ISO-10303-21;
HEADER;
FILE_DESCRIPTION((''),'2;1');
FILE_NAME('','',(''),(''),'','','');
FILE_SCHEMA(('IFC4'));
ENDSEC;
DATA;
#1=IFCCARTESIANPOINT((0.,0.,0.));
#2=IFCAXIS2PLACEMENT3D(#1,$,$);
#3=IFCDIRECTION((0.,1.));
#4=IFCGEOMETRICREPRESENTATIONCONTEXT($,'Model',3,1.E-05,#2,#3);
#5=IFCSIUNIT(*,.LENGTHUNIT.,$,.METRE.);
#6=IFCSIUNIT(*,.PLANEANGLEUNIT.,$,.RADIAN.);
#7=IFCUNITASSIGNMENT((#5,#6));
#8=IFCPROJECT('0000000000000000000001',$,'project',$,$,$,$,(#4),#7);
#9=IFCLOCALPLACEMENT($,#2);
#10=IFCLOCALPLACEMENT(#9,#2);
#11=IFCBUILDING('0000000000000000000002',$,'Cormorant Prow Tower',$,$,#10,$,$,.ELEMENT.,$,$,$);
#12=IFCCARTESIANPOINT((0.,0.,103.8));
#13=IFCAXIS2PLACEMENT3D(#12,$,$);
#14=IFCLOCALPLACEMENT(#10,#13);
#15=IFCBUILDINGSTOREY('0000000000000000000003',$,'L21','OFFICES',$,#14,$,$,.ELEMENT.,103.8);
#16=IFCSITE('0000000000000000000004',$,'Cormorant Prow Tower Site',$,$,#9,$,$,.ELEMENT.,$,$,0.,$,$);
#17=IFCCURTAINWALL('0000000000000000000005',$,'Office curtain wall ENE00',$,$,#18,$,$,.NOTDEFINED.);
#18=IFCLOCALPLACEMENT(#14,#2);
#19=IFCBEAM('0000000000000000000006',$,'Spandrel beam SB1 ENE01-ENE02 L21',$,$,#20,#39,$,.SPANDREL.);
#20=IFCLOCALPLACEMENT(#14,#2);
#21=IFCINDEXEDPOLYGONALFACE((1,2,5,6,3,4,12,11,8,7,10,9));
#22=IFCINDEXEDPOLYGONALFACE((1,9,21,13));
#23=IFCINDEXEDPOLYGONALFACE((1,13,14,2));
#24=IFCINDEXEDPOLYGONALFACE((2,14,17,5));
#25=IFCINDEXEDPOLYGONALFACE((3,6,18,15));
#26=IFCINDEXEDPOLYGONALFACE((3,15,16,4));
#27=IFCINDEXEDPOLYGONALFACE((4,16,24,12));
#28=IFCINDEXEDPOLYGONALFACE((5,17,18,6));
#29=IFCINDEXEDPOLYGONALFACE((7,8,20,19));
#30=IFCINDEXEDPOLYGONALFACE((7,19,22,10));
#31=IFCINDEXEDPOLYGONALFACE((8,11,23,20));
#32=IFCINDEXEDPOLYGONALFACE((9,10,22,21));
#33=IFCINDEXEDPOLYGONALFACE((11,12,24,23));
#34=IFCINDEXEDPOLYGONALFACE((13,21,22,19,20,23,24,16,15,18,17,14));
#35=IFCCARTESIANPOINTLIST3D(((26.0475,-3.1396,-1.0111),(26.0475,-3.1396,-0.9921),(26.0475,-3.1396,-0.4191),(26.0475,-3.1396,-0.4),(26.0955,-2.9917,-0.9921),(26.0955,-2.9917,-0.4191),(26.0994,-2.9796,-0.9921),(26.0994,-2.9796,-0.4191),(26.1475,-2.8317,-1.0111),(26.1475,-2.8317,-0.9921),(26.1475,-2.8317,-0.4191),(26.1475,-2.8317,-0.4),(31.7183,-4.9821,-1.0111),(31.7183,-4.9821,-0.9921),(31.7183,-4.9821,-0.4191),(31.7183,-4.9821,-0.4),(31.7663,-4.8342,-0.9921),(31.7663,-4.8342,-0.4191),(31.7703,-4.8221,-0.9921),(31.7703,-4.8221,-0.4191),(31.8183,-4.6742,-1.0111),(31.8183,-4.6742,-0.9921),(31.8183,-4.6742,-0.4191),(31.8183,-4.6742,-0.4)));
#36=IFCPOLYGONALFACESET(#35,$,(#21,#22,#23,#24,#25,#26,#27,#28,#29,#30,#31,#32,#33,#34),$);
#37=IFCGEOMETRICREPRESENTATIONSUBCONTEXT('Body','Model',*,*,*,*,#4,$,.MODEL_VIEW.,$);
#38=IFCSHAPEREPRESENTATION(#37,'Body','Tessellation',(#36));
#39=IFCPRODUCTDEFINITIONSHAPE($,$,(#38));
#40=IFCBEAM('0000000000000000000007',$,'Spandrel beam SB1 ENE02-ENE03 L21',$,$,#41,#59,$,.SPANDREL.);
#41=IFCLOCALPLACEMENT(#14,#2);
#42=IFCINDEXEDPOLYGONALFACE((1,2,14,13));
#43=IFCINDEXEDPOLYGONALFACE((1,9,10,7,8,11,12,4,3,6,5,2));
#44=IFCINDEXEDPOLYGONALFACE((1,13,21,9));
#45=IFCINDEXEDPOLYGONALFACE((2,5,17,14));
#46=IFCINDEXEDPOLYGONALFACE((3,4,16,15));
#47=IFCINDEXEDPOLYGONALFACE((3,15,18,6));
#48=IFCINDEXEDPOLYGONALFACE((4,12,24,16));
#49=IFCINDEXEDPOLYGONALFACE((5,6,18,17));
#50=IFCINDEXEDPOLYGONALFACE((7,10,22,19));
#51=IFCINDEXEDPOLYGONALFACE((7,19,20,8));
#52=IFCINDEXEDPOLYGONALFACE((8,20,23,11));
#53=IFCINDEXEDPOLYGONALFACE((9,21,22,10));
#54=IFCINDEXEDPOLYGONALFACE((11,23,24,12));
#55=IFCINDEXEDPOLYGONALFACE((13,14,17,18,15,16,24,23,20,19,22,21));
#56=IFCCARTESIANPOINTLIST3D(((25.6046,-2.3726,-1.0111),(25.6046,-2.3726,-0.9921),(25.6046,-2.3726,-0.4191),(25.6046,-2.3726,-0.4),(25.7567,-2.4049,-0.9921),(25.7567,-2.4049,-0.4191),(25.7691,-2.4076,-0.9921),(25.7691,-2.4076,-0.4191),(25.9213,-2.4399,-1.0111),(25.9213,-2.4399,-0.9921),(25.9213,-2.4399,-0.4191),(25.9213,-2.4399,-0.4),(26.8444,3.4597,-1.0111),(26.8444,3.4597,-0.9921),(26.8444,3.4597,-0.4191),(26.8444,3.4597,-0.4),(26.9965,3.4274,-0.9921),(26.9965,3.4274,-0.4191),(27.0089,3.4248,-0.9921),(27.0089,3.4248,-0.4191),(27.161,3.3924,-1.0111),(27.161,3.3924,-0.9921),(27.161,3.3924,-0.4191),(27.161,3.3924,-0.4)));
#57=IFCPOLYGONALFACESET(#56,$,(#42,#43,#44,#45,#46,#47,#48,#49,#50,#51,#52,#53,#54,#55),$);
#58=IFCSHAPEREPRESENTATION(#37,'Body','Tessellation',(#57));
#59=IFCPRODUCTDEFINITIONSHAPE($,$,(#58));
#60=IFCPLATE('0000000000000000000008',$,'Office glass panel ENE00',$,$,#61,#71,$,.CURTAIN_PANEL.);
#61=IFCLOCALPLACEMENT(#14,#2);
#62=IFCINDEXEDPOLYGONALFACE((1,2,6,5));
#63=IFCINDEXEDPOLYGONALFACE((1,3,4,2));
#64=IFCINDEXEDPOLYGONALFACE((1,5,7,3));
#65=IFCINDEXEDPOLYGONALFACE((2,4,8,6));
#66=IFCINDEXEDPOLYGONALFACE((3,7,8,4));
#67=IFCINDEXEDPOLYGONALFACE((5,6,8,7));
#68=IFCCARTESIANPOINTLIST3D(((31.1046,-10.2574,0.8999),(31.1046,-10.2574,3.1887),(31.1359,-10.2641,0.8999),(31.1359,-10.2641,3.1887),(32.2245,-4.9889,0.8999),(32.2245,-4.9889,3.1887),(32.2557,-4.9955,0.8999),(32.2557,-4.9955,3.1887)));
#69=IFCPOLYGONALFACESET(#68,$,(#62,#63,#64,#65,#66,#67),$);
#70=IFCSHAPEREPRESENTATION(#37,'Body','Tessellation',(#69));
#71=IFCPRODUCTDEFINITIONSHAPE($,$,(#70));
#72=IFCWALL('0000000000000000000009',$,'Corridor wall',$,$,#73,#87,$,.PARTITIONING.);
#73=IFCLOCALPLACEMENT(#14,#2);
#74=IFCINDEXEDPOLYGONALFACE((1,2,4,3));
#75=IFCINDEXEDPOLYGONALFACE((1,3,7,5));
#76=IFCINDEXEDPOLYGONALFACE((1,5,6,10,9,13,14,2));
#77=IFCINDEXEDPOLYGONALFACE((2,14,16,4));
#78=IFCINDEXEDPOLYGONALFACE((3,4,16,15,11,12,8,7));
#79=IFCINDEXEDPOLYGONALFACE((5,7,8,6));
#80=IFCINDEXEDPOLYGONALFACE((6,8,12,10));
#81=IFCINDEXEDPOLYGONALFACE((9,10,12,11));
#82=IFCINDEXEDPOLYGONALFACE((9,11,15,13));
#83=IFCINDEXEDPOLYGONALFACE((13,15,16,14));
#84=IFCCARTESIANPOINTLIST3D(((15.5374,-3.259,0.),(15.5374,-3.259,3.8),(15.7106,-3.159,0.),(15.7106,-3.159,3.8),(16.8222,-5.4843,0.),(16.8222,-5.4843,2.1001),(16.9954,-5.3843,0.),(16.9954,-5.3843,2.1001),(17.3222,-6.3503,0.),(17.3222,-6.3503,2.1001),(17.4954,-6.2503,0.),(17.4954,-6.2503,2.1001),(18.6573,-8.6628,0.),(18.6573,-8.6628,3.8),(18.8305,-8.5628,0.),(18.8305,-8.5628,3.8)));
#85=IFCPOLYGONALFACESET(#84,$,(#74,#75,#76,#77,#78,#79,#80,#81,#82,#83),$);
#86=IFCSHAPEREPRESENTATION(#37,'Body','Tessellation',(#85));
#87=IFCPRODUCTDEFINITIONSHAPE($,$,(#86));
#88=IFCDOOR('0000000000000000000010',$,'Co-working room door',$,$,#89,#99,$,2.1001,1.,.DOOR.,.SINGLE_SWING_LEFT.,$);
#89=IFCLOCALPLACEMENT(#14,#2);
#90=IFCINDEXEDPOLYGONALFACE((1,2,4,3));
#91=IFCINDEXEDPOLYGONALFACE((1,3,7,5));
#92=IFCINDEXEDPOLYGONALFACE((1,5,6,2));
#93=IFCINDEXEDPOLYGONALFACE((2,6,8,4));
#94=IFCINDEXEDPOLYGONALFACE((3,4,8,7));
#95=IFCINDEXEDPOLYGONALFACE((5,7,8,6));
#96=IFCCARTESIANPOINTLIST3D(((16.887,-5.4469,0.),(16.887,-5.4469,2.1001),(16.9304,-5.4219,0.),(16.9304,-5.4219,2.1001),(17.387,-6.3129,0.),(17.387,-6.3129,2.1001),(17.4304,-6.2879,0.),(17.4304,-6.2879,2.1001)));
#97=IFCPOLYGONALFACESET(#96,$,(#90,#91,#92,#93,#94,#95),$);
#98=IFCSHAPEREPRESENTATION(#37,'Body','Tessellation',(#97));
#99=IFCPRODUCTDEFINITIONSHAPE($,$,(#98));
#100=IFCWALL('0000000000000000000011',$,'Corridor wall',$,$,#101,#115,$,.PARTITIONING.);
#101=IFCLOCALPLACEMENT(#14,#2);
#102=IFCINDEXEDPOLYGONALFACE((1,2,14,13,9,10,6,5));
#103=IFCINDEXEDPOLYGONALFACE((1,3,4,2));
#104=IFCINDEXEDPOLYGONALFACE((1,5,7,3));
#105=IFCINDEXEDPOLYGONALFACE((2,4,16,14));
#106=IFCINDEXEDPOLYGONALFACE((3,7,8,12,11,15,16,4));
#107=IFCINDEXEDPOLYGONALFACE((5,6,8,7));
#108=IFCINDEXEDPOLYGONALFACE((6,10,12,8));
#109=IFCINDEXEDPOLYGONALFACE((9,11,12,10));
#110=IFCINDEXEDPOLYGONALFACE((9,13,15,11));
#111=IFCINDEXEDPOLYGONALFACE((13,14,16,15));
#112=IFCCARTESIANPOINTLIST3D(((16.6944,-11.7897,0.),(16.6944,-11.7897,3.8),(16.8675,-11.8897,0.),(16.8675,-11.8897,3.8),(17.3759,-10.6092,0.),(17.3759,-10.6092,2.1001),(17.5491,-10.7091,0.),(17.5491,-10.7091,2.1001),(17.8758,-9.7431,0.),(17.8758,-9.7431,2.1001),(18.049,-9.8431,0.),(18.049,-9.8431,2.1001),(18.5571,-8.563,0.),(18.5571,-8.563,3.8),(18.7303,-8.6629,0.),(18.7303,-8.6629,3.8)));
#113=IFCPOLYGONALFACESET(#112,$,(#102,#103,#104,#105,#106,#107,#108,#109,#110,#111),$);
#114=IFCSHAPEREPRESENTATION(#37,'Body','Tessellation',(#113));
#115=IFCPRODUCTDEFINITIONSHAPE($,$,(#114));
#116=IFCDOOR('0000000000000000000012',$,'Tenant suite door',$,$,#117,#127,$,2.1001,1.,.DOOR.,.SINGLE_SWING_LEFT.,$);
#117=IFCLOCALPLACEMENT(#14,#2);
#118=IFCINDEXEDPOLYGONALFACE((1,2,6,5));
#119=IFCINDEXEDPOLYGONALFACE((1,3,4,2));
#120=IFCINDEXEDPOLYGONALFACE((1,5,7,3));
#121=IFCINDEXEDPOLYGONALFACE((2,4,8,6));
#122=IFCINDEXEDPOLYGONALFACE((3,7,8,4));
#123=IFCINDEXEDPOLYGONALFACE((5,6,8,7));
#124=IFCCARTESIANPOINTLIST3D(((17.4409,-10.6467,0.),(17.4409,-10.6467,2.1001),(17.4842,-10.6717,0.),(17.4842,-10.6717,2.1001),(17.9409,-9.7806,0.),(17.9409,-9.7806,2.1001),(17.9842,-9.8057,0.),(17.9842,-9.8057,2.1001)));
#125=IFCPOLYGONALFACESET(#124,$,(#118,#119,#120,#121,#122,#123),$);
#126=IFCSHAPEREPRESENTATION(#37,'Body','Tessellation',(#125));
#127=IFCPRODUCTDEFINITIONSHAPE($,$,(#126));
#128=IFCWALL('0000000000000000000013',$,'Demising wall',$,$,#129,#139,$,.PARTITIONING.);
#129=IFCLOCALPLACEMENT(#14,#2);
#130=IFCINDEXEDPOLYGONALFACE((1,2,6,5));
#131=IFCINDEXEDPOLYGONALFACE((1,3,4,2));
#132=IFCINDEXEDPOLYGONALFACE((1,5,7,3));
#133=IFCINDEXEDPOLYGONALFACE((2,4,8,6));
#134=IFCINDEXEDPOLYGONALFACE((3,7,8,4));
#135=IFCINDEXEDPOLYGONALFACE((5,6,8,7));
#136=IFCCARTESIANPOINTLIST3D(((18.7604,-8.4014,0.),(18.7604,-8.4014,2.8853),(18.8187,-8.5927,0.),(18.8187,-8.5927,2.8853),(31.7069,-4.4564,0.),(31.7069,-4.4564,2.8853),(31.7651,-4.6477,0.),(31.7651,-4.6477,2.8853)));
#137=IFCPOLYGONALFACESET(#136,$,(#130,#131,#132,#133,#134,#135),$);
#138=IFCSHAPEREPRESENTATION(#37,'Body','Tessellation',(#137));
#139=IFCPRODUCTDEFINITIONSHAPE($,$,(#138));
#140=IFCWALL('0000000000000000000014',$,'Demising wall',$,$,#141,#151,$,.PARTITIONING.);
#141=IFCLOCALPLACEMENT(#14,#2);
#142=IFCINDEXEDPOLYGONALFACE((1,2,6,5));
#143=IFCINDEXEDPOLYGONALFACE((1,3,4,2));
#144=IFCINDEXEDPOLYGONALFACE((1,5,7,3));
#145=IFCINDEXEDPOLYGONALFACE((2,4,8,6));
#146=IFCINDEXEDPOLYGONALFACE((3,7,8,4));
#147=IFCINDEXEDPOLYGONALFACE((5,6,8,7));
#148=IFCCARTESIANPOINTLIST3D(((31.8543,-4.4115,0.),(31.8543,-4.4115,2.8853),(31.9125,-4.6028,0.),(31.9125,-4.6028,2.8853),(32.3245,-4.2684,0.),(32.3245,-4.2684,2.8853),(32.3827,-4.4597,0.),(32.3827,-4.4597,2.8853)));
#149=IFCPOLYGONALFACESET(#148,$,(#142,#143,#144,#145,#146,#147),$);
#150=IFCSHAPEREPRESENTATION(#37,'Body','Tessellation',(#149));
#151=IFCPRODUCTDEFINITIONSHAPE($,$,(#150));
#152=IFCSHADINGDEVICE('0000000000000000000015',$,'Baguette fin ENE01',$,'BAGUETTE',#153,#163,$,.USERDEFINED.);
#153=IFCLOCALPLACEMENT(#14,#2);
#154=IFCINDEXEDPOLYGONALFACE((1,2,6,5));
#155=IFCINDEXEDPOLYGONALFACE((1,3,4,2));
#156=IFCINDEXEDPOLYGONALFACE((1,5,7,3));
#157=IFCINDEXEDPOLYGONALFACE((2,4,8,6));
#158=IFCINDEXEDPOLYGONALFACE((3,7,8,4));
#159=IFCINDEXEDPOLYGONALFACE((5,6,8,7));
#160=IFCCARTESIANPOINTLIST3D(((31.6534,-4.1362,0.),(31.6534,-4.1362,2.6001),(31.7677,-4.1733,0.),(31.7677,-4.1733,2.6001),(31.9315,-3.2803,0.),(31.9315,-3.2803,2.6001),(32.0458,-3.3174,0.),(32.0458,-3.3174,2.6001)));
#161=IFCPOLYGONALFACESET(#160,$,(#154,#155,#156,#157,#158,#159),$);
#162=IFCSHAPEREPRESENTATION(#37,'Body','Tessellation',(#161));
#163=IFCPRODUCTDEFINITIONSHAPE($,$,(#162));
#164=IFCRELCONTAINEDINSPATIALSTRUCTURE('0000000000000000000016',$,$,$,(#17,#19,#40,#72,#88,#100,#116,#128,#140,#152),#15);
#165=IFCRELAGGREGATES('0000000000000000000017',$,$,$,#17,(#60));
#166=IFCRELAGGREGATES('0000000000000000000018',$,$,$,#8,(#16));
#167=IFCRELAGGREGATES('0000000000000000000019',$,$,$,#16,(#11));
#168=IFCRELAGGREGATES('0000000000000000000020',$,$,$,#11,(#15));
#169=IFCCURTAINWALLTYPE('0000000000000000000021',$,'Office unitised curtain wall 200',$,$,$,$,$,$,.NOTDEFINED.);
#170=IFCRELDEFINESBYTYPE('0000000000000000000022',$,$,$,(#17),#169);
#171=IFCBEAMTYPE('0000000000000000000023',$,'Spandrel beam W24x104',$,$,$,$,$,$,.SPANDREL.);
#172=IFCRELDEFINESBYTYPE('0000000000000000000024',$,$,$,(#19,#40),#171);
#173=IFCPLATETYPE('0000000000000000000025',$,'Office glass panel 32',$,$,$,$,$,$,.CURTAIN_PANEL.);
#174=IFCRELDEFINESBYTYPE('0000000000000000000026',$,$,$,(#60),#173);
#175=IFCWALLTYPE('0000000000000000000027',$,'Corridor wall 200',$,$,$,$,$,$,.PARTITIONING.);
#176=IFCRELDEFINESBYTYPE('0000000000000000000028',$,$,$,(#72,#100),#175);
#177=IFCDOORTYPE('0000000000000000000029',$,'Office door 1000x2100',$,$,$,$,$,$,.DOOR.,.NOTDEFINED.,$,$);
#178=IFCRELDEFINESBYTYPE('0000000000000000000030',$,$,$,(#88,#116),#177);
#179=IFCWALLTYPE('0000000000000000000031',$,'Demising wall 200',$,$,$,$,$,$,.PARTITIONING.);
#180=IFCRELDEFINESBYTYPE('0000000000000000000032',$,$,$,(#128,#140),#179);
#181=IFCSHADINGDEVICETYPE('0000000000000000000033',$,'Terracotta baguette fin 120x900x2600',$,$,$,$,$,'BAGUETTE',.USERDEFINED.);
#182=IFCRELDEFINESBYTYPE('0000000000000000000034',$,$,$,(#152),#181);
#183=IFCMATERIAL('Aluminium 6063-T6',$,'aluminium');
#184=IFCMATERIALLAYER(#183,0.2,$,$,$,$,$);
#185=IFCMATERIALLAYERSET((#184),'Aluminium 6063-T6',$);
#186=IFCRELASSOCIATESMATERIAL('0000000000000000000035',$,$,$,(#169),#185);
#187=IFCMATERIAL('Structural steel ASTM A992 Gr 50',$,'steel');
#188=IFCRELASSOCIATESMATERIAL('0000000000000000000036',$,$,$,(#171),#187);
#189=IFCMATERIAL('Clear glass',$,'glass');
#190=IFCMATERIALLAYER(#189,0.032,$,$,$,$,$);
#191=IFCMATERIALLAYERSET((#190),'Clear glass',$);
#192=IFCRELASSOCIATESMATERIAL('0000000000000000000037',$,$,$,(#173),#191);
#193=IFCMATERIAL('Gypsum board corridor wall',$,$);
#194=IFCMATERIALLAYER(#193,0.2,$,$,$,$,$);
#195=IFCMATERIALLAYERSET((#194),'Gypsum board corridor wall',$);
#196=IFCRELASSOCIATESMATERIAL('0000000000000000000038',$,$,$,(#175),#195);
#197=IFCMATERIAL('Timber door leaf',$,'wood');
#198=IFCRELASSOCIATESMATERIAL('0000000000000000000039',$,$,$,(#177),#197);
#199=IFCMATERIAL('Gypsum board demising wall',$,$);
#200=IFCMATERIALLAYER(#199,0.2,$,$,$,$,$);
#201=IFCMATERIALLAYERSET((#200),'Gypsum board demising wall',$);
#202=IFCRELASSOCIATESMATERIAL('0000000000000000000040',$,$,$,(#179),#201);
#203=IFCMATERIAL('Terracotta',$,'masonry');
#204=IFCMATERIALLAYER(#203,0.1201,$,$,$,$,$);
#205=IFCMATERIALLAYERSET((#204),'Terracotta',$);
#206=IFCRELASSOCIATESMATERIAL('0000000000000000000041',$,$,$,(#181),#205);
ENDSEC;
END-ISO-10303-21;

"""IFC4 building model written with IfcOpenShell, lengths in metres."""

from ifc_helpers import new_model, si_unit, direction, frame, frame_2d, origin, origin_2d, place, context, subcontext, project, spatial, rectangle, i_section, extrude, material, layer, layer_set, material_profile, profile_set, type_object, element, fill, aggregate, save


model = new_model("IFC4")

# Units and contexts
model_context = context("Model", 3, precision=1e-05, world=origin(), true_north=direction((0.0, 1.0)))
body_context = subcontext(model_context, "Body", "Model", "MODEL_VIEW")
ifc_project = project(units=[si_unit("LENGTHUNIT", "METRE"), si_unit("PLANEANGLEUNIT", "RADIAN")], contexts=[model_context])

# Site, building, storey
site_placement = place(None, origin())
site = spatial("IfcSite", under=ifc_project, at=site_placement, Name="Cormorant Prow Tower Site", CompositionType="ELEMENT", RefElevation=0.0)
building_placement = place(site_placement, origin())
building = spatial("IfcBuilding", under=site, at=building_placement, Name="Cormorant Prow Tower", CompositionType="ELEMENT")
storey_placement = place(building_placement, frame((0.0, 0.0, 103.8)))
storey = spatial("IfcBuildingStorey", under=building, at=storey_placement, Name="L21", Description="OFFICES", CompositionType="ELEMENT", Elevation=103.8)

# Curtain wall
ifc_material_1 = material(Name="Aluminium 6063-T6", Category="aluminium")
ifc_layer_1 = layer(ifc_material_1, 0.2)
ifc_layer_set_1 = layer_set([ifc_layer_1], Name="Aluminium 6063-T6")
curtain_wall_type = type_object("IfcCurtainWallType", Name="Office unitised curtain wall 200", PredefinedType="NOTDEFINED", material=ifc_layer_set_1)
curtain_wall_1_placement = place(storey_placement, origin())
curtain_wall_1 = element("IfcCurtainWall", 1, at=curtain_wall_1_placement, inside=storey, type_object=curtain_wall_type, Name="Office curtain wall ENE00", PredefinedType="NOTDEFINED")

# Beams
ifc_material_2 = material(Name="Structural steel ASTM A992 Gr 50", Category="steel")
ifc_material_profile_1 = material_profile(ifc_material_2, i_section(OverallWidth=0.3237, OverallDepth=0.6111, WebThickness=0.0127, FlangeThickness=0.019, at=origin_2d()), Name="W24x104")
ifc_profile_set_1 = profile_set([ifc_material_profile_1], Name="Structural steel ASTM A992 Gr 50")
beam_type_1 = type_object("IfcBeamType", Name="Spandrel beam W24x104", PredefinedType="SPANDREL", material=ifc_profile_set_1)
for number, where, z_axis, x_axis, name in (
    (2, (31.7683, -4.8281, -0.7056), (-0.951059, 0.309008, 0.0), (-0.309008, -0.951059, 0.0), "Spandrel beam SB1 ENE01-ENE02 L21"),
    (3, (25.7629, -2.4062, -0.7056), (0.207921, 0.978146, 0.0), (-0.978146, 0.207921, 0.0), "Spandrel beam SB1 ENE02-ENE03 L21"),
):
    element("IfcBeam", number, at=place(storey_placement, frame(where, z_axis=z_axis, x_axis=x_axis)), inside=storey, type_object=beam_type_1, Name=name, PredefinedType="SPANDREL", context=body_context, shape_type="SweptSolid", body=[
        extrude(i_section(OverallWidth=0.3237, OverallDepth=0.6111, WebThickness=0.0127, FlangeThickness=0.019, at=origin_2d()), origin(), (0.0, 0.0, 1.0), 5.9626),
    ])

# Plate
ifc_material_3 = material(Name="Clear glass", Category="glass")
ifc_layer_2 = layer(ifc_material_3, 0.032)
ifc_layer_set_2 = layer_set([ifc_layer_2], Name="Clear glass")
plate_type = type_object("IfcPlateType", Name="Office glass panel 32", PredefinedType="CURTAIN_PANEL", material=ifc_layer_set_2)
plate_placement = place(storey_placement, frame((31.6802, -7.6265, 0.8999), z_axis=(0.0, 0.0, 1.0), x_axis=(0.207912, 0.978148, 0.0)))
plate = element("IfcPlate", 4, at=plate_placement, type_object=plate_type, Name="Office glass panel ENE00", PredefinedType="CURTAIN_PANEL", context=body_context, shape_type="SweptSolid", body=[
    extrude(rectangle(XDim=5.3862, YDim=0.032, at=origin_2d()), origin(), (0.0, 0.0, 1.0), 2.2888),
])
aggregate(curtain_wall_1, [plate])

# Walls, openings, doors
ifc_material_4 = material(Name="Gypsum board corridor wall")
ifc_layer_3 = layer(ifc_material_4, 0.2)
ifc_layer_set_3 = layer_set([ifc_layer_3], Name="Gypsum board corridor wall")
wall_type_1 = type_object("IfcWallType", Name="Corridor wall 200", PredefinedType="PARTITIONING", material=ifc_layer_set_3)
wall_1_placement = place(storey_placement, frame((15.624, -3.209, 0.0), z_axis=(0.0, 0.0, 1.0), x_axis=(0.499998, -0.866027, 0.0)))
wall_1 = element("IfcWall", 5, at=wall_1_placement, inside=storey, type_object=wall_type_1, Name="Corridor wall", PredefinedType="PARTITIONING", context=body_context, shape_type="SweptSolid", body=[
    extrude(rectangle(XDim=6.2397, YDim=0.2, at=frame_2d((3.1199, 0.0))), origin(), (0.0, 0.0, 1.0), 3.8),
])
opening_1_placement = place(wall_1_placement, frame((2.5696, 0.0, 0.0)))
opening_1 = element("IfcOpeningElement", 6, at=opening_1_placement, cuts=wall_1, PredefinedType="OPENING", context=body_context, shape_type="SweptSolid", body=[
    extrude(rectangle(XDim=1.0, YDim=2.1001, at=frame_2d((0.5, 1.05))), frame((0.0, 0.1099, 0.0), z_axis=(0.0, -1.0, 0.0), x_axis=(1.0, 0.0, 0.0)), (0.0, 0.0, 1.0), 0.22),
])
ifc_material_5 = material(Name="Timber door leaf", Category="wood")
door_type_1 = type_object("IfcDoorType", Name="Office door 1000x2100", OperationType="NOTDEFINED", PredefinedType="DOOR", material=ifc_material_5)
door_1_placement = place(opening_1_placement, origin())
door_1 = element("IfcDoor", 7, at=door_1_placement, inside=storey, type_object=door_type_1, Name="Co-working room door", OperationType="SINGLE_SWING_LEFT", OverallHeight=2.1001, OverallWidth=1.0, PredefinedType="DOOR", context=body_context, shape_type="SweptSolid", body=[
    extrude(rectangle(XDim=1.0, YDim=2.1001, at=frame_2d((0.5, 1.05))), frame((0.0, 0.0249, 0.0), z_axis=(0.0, -1.0, 0.0), x_axis=(1.0, 0.0, 0.0)), (0.0, 0.0, 1.0), 0.05),
])
fill(opening_1, door_1)
wall_2_placement = place(storey_placement, frame((16.781, -11.8396, 0.0), z_axis=(0.0, 0.0, 1.0), x_axis=(0.499959, 0.866049, 0.0)))
wall_2 = element("IfcWall", 8, at=wall_2_placement, inside=storey, type_object=wall_type_1, Name="Corridor wall", PredefinedType="PARTITIONING", context=body_context, shape_type="SweptSolid", body=[
    extrude(rectangle(XDim=3.7258, YDim=0.2, at=frame_2d((1.8628, 0.0))), origin(), (0.0, 0.0, 1.0), 3.8),
])
opening_2_placement = place(wall_2_placement, frame((1.363, 0.0, 0.0)))
opening_2 = element("IfcOpeningElement", 9, at=opening_2_placement, cuts=wall_2, PredefinedType="OPENING", context=body_context, shape_type="SweptSolid", body=[
    extrude(rectangle(XDim=1.0, YDim=2.1001, at=frame_2d((0.5, 1.05))), frame((0.0, 0.1099, 0.0), z_axis=(0.0, -1.0, 0.0), x_axis=(1.0, 0.0, 0.0)), (0.0, 0.0, 1.0), 0.22),
])
door_2_placement = place(opening_2_placement, origin())
door_2 = element("IfcDoor", 10, at=door_2_placement, inside=storey, type_object=door_type_1, Name="Tenant suite door", OperationType="SINGLE_SWING_LEFT", OverallHeight=2.1001, OverallWidth=1.0, PredefinedType="DOOR", context=body_context, shape_type="SweptSolid", body=[
    extrude(rectangle(XDim=1.0, YDim=2.1001, at=frame_2d((0.5, 1.05))), frame((0.0, 0.0249, 0.0), z_axis=(0.0, -1.0, 0.0), x_axis=(1.0, 0.0, 0.0)), (0.0, 0.0, 1.0), 0.05),
])
fill(opening_2, door_2)

# Walls
ifc_material_6 = material(Name="Gypsum board demising wall")
ifc_layer_4 = layer(ifc_material_6, 0.2)
ifc_layer_set_4 = layer_set([ifc_layer_4], Name="Gypsum board demising wall")
wall_type_2 = type_object("IfcWallType", Name="Demising wall 200", PredefinedType="PARTITIONING", material=ifc_layer_set_4)
wall_3_placement = place(storey_placement, frame((18.7896, -8.4971, 0.0), z_axis=(0.0, 0.0, 1.0), x_axis=(0.956575, 0.291487, 0.0)))
element("IfcWall", 11, at=wall_3_placement, inside=storey, type_object=wall_type_2, Name="Demising wall", PredefinedType="PARTITIONING", context=body_context, shape_type="SweptSolid", body=[
    extrude(rectangle(XDim=13.5342, YDim=0.2, at=frame_2d((6.7671, 0.0))), origin(), (0.0, 0.0, 1.0), 2.8853),
])
wall_4_placement = place(storey_placement, frame((31.8835, -4.5071, 0.0), z_axis=(0.0, 0.0, 1.0), x_axis=(0.956698, 0.291083, 0.0)))
element("IfcWall", 12, at=wall_4_placement, inside=storey, type_object=wall_type_2, Name="Demising wall", PredefinedType="PARTITIONING", context=body_context, shape_type="SweptSolid", body=[
    extrude(rectangle(XDim=0.4915, YDim=0.2, at=frame_2d((0.2456, 0.0))), origin(), (0.0, 0.0, 1.0), 2.8853),
])

# Shading device
ifc_material_7 = material(Name="Terracotta", Category="masonry")
ifc_layer_5 = layer(ifc_material_7, 0.1201)
ifc_layer_set_5 = layer_set([ifc_layer_5], Name="Terracotta")
shading_device_type = type_object("IfcShadingDeviceType", Name="Terracotta baguette fin 120x900x2600", ElementType="BAGUETTE", PredefinedType="USERDEFINED", material=ifc_layer_set_5)
shading_device_placement = place(storey_placement, frame((31.8496, -3.7268, 0.0), z_axis=(0.0, 0.0, 1.0), x_axis=(-0.951057, 0.309017, 0.0)))
element("IfcShadingDevice", 13, at=shading_device_placement, inside=storey, type_object=shading_device_type, Name="Baguette fin ENE01", ObjectType="BAGUETTE", PredefinedType="USERDEFINED", context=body_context, shape_type="SweptSolid", body=[
    extrude(rectangle(XDim=0.1201, YDim=0.8999, at=origin_2d()), origin(), (0.0, 0.0, 1.0), 2.6001),
])

save(model, "model.ifc")
